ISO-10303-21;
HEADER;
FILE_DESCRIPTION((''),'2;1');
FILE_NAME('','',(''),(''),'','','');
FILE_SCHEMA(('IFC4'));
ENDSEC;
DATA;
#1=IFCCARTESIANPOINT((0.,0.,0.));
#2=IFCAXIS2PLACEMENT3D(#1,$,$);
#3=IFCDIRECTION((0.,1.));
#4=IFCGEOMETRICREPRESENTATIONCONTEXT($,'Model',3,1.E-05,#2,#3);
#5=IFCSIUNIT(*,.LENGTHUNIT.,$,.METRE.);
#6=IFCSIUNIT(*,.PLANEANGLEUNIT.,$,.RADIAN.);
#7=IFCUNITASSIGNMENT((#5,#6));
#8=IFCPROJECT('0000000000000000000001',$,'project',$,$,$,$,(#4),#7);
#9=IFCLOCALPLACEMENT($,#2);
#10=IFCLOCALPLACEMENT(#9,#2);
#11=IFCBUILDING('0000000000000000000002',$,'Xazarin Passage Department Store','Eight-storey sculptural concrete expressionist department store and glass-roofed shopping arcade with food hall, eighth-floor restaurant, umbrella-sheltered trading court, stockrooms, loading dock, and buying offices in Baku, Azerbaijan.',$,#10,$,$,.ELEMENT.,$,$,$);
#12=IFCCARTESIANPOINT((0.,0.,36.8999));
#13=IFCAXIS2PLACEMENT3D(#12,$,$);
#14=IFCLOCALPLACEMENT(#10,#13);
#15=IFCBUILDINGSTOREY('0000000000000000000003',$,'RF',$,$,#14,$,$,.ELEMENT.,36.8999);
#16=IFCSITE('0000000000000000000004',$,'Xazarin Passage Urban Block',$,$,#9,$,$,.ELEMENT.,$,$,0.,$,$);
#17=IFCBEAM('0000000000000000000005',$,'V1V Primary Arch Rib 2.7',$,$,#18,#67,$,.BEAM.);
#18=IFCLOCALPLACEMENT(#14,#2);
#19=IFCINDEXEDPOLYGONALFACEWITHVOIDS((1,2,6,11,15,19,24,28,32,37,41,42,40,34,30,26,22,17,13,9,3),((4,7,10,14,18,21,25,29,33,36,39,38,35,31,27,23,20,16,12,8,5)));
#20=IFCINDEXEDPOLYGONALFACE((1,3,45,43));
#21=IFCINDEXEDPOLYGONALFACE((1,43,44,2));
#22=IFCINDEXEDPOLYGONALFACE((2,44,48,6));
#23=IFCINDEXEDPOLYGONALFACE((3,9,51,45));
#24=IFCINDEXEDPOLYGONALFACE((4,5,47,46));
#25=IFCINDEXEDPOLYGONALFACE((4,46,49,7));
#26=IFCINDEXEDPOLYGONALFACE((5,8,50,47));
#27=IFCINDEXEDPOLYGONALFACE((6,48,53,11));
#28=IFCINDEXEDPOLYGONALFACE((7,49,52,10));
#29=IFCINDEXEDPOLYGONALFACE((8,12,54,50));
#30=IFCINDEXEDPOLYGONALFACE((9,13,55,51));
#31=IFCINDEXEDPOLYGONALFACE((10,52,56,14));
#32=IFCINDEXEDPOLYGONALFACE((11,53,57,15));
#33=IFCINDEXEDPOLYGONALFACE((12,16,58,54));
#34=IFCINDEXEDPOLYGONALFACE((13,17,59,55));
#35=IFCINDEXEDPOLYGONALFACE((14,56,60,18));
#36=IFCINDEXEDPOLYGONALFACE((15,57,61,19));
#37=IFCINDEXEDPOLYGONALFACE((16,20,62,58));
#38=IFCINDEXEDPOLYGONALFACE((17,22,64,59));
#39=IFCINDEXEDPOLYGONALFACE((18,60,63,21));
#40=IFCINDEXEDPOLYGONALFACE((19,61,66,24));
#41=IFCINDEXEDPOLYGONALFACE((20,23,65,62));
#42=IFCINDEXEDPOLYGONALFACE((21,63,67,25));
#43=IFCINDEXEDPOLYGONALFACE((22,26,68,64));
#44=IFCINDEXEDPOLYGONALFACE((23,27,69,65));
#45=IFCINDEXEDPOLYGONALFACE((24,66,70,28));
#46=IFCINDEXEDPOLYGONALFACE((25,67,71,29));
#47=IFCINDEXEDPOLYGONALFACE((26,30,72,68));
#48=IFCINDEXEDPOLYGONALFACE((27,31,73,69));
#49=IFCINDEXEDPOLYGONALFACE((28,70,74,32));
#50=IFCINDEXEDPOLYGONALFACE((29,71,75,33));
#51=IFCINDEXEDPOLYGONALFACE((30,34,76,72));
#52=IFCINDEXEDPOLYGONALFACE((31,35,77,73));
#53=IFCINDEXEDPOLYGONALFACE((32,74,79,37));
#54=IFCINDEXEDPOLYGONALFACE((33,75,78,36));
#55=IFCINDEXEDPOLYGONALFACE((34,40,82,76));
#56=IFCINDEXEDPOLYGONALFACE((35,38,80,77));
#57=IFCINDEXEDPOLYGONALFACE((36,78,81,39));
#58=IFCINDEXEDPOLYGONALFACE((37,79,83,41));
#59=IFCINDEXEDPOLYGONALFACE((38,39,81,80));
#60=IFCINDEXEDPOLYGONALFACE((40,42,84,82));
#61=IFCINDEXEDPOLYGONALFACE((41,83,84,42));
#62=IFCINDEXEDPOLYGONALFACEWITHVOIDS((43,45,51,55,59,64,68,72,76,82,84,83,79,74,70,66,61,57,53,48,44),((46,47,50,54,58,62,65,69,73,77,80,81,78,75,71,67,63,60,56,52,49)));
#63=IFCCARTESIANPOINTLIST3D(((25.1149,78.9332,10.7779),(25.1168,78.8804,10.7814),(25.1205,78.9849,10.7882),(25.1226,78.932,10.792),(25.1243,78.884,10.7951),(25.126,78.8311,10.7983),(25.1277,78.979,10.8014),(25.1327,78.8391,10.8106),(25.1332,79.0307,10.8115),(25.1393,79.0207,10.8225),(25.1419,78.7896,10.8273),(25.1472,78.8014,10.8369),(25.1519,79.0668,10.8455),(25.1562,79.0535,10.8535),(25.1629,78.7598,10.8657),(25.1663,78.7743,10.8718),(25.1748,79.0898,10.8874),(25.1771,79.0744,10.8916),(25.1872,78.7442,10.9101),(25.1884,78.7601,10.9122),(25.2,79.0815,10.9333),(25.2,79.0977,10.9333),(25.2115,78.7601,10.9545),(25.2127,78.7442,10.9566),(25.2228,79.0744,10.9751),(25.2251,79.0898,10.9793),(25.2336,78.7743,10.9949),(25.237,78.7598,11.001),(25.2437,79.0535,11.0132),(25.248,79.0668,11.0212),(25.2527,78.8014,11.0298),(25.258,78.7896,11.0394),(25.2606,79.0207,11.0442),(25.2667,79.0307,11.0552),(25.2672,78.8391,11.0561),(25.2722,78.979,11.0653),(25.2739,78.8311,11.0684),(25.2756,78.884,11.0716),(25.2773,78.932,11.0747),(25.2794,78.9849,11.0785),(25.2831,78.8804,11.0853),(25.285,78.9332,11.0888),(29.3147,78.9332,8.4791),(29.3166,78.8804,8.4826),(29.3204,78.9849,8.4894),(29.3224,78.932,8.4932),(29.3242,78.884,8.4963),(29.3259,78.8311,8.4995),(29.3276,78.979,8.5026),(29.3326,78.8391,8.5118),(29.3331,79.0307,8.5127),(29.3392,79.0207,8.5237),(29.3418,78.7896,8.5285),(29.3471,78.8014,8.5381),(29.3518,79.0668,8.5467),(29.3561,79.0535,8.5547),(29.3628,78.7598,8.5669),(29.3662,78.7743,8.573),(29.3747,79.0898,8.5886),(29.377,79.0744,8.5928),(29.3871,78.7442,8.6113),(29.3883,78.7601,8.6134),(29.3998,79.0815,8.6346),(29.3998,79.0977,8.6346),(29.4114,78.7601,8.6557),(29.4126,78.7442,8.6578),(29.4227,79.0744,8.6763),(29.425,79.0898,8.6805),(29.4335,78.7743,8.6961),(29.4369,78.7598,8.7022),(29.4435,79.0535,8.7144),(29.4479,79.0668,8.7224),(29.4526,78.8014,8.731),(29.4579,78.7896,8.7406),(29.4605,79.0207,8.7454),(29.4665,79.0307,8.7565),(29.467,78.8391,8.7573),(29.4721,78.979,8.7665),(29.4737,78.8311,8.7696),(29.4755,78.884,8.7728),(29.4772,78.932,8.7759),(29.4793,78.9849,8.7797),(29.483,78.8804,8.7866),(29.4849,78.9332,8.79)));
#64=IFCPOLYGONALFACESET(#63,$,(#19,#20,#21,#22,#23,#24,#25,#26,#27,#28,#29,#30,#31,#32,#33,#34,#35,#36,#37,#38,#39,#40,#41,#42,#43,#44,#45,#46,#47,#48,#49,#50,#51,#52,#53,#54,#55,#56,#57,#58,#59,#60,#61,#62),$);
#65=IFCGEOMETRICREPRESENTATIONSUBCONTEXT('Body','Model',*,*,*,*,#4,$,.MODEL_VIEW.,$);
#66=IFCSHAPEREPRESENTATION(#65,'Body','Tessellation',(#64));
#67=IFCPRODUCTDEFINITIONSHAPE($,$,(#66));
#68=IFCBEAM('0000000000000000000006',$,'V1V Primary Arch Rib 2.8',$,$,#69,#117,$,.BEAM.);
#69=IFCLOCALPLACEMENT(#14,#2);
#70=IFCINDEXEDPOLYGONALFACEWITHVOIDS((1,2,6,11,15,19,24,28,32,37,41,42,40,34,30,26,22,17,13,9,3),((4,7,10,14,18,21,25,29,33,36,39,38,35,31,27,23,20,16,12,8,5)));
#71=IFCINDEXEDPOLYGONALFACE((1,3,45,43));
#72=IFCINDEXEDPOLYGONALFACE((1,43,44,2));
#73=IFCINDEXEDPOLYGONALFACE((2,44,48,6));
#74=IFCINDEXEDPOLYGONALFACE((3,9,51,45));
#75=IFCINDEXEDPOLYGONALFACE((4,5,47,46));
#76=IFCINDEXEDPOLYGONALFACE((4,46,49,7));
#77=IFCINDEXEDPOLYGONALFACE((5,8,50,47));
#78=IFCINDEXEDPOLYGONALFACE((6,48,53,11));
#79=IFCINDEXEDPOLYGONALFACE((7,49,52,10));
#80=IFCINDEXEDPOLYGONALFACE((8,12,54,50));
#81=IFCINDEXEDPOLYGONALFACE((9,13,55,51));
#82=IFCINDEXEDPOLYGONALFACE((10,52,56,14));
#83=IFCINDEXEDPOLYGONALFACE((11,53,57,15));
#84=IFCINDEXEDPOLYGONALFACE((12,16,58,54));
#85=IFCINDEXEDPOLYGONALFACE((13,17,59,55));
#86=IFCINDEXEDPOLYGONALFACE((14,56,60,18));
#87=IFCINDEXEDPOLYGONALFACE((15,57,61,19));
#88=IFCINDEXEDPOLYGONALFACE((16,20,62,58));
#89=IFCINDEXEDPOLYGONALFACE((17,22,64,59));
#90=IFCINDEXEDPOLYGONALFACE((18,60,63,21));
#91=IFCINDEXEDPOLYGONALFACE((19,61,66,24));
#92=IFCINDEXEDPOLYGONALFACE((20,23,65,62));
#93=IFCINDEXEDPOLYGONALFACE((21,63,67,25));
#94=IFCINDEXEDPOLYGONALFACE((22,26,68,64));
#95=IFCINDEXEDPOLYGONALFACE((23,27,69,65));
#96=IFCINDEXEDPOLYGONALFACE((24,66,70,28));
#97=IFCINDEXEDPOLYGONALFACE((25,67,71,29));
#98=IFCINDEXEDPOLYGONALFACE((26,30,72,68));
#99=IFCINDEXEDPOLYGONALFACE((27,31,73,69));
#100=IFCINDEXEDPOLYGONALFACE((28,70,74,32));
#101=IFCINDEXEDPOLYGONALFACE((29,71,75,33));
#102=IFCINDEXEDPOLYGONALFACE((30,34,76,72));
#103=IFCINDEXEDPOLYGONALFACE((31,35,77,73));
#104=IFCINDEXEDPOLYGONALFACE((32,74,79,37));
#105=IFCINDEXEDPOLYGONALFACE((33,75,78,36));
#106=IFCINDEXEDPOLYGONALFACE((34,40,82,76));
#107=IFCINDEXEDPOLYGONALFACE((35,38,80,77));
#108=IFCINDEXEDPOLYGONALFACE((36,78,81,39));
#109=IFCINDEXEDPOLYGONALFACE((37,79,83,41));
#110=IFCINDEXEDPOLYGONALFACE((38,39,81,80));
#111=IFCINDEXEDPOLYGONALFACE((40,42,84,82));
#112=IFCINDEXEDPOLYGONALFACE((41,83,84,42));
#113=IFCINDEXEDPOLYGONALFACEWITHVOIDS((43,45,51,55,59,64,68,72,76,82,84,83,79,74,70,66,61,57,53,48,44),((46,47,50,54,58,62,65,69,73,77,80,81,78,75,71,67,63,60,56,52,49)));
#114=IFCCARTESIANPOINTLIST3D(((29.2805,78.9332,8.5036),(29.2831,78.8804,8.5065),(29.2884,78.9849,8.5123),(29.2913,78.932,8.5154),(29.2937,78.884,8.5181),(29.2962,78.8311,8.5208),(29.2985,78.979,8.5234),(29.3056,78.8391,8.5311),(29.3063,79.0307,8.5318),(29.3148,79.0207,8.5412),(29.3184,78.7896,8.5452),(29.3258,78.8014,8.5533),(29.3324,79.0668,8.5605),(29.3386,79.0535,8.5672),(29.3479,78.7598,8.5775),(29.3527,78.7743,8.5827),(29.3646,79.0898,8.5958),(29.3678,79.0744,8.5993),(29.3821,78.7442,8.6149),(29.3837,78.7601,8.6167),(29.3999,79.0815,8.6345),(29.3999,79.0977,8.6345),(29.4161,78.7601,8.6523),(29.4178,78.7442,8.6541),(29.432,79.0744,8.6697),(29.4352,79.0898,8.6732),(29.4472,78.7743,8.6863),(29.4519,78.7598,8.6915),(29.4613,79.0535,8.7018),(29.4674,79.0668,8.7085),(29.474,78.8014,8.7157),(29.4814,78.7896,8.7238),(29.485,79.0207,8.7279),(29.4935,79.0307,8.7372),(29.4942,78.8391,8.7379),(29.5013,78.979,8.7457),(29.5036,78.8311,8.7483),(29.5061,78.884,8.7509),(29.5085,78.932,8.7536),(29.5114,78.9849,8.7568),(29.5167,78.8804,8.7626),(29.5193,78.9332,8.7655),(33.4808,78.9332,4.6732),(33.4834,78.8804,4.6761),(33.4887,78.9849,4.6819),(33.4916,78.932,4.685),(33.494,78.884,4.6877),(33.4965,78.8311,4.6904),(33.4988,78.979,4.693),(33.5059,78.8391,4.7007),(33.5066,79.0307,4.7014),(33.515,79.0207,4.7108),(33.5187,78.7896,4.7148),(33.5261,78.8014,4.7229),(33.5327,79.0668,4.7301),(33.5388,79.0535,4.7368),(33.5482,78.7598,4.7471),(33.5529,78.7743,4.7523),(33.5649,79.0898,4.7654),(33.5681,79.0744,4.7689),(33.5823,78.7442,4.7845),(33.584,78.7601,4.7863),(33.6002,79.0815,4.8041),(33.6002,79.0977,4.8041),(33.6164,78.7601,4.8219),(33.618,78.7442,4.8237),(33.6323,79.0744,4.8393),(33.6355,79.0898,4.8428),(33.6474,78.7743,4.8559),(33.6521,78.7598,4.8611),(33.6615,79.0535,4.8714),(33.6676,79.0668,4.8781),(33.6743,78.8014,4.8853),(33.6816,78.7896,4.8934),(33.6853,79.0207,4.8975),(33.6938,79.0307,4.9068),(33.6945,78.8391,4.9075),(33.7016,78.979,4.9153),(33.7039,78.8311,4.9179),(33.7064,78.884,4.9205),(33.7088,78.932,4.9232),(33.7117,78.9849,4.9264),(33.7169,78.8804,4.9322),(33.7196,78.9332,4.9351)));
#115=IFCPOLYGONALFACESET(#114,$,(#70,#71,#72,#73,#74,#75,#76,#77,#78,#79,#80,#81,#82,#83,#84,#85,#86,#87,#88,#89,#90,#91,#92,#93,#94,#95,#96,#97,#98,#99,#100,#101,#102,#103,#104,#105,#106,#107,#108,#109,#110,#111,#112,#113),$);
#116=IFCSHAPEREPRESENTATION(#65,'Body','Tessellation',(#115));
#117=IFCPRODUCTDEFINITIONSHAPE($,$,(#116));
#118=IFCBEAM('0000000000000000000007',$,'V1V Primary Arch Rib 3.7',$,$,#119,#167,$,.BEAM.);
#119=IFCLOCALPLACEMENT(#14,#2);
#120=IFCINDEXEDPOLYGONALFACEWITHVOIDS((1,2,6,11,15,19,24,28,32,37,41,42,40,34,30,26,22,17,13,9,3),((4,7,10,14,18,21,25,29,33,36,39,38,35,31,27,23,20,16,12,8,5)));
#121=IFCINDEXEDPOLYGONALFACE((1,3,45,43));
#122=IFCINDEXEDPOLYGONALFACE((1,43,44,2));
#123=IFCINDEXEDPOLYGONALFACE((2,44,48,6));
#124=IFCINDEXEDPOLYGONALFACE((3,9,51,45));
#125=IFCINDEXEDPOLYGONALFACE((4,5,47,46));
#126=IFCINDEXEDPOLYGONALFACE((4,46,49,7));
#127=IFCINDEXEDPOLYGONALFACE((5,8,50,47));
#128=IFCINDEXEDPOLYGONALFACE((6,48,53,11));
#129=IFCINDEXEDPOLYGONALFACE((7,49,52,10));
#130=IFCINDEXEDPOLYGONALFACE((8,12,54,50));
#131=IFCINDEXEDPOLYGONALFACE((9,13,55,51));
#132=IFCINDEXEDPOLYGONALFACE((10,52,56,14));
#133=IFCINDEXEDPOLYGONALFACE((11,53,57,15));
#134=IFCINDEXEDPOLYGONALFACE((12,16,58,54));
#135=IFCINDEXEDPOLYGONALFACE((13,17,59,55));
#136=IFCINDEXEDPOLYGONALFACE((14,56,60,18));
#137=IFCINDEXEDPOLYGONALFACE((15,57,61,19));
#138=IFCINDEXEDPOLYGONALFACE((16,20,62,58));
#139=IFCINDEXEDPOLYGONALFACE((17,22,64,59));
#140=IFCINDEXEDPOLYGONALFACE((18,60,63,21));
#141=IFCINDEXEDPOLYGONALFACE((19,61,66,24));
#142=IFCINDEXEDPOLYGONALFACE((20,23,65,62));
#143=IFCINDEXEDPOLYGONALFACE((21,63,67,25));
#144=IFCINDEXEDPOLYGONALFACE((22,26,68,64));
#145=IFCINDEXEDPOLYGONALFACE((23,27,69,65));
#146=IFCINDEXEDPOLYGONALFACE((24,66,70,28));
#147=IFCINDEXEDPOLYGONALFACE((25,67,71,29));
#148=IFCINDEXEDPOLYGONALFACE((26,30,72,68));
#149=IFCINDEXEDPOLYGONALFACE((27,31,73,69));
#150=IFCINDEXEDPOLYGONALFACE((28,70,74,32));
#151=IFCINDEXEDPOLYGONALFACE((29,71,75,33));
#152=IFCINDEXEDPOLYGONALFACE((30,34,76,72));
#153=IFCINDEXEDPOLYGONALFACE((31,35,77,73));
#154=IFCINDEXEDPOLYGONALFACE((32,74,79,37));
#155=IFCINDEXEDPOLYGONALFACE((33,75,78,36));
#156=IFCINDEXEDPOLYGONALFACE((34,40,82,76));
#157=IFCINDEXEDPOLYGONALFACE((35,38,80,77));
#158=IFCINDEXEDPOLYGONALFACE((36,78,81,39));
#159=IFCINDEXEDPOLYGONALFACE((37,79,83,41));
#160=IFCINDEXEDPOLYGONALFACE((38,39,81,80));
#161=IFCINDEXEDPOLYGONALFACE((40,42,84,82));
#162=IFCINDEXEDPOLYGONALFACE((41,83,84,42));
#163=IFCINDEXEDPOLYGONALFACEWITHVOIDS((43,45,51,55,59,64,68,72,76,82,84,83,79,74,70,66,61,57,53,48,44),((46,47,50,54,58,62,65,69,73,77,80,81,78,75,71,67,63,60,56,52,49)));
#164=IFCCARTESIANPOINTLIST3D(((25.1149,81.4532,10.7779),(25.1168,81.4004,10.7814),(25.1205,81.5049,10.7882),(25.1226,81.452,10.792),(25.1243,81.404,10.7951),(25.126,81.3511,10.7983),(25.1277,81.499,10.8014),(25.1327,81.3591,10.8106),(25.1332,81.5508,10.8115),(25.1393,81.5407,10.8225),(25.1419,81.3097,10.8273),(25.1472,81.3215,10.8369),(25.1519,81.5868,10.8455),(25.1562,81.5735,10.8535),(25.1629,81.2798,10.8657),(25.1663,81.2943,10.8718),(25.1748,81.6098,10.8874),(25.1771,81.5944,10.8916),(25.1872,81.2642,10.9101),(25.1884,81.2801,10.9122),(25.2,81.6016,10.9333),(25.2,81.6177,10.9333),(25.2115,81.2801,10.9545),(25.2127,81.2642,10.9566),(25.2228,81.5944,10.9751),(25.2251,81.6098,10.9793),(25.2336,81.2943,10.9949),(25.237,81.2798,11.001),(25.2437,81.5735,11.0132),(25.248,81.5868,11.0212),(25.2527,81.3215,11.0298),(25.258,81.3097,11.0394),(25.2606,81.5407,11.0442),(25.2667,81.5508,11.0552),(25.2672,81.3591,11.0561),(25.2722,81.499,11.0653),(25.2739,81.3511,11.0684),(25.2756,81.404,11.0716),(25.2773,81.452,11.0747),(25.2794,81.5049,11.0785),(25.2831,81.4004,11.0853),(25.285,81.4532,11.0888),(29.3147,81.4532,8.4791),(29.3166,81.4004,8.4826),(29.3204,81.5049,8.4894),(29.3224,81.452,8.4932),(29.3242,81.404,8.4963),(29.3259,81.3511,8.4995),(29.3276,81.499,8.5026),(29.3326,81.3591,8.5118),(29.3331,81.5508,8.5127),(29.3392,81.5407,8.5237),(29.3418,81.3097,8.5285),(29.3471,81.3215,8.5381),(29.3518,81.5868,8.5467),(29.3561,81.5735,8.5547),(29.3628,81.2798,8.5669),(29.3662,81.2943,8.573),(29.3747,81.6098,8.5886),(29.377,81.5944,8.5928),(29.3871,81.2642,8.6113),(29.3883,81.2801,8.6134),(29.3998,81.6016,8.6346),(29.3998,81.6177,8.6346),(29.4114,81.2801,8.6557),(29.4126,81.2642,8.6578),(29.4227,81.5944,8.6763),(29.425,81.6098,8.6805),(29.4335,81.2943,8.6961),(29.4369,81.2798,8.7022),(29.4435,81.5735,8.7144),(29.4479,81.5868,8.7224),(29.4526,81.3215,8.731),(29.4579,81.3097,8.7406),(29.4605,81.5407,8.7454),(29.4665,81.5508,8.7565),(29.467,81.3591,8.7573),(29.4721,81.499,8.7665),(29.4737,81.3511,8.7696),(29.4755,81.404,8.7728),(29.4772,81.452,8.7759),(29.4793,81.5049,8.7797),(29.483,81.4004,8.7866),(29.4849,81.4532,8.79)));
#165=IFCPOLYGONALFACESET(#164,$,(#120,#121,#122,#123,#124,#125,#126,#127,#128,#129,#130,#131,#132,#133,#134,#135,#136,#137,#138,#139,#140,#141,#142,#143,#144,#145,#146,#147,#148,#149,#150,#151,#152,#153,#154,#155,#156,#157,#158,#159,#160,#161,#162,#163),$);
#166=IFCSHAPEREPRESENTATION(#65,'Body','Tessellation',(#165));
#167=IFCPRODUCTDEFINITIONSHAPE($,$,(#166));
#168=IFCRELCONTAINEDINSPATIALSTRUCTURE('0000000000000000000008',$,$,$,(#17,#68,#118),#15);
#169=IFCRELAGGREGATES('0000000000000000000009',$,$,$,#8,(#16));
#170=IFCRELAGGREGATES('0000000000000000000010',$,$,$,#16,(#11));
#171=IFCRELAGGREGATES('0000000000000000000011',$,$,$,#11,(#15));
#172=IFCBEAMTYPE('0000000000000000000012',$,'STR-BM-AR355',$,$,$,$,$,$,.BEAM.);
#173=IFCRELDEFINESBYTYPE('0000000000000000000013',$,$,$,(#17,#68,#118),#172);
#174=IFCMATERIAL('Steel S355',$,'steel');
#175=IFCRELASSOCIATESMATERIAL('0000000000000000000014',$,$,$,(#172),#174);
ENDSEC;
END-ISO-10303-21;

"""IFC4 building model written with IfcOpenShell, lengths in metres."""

from ifc_helpers import new_model, si_unit, direction, frame, origin, origin_2d, place, context, subcontext, project, spatial, hollow_circle, extrude, material, material_profile, profile_set, type_object, element, save


model = new_model("IFC4")

# Units and contexts
model_context = context("Model", 3, precision=1e-05, world=origin(), true_north=direction((0.0, 1.0)))
body_context = subcontext(model_context, "Body", "Model", "MODEL_VIEW")
ifc_project = project(units=[si_unit("LENGTHUNIT", "METRE"), si_unit("PLANEANGLEUNIT", "RADIAN")], contexts=[model_context])

# Site, building, storey
site_placement = place(None, origin())
site = spatial("IfcSite", under=ifc_project, at=site_placement, Name="Xazarin Passage Urban Block", CompositionType="ELEMENT", RefElevation=0.0)
building_placement = place(site_placement, origin())
building = spatial("IfcBuilding", under=site, at=building_placement, Name="Xazarin Passage Department Store", Description="Eight-storey sculptural concrete expressionist department store and glass-roofed shopping arcade with food hall, eighth-floor restaurant, umbrella-sheltered trading court, stockrooms, loading dock, and buying offices in Baku, Azerbaijan.", CompositionType="ELEMENT")
storey_placement = place(building_placement, frame((0.0, 0.0, 36.8999)))
storey = spatial("IfcBuildingStorey", under=building, at=storey_placement, Name="RF", CompositionType="ELEMENT", Elevation=36.8999)

# Beams
ifc_material_1 = material(Name="Steel S355", Category="steel")
ifc_material_profile_1 = material_profile(ifc_material_1, hollow_circle(Radius=0.1777, WallThickness=0.0161, at=origin_2d()), Name="CHS 355.6x16")
ifc_profile_set_1 = profile_set([ifc_material_profile_1], Name="Steel S355")
beam_type_1 = type_object("IfcBeamType", Name="STR-BM-AR355", PredefinedType="BEAM", material=ifc_profile_set_1)
beam_1_placement = place(storey_placement, frame((25.2, 78.9199, 10.9333), z_axis=(0.877197, 0.0, -0.480131), x_axis=(0.0, 1.0, 0.0)))
element("IfcBeam", 1, at=beam_1_placement, inside=storey, type_object=beam_type_1, Name="V1V Primary Arch Rib 2.7", PredefinedType="BEAM", context=body_context, shape_type="SweptSolid", body=[
    extrude(hollow_circle(Radius=0.1777, WallThickness=0.0161, at=origin_2d()), origin(), (0.0, 0.0, 1.0), 4.7878),
])
beam_2_placement = place(storey_placement, frame((29.3999, 78.9199, 8.6345), z_axis=(0.738892, 0.0, -0.673824), x_axis=(0.0, 1.0, 0.0)))
element("IfcBeam", 2, at=beam_2_placement, inside=storey, type_object=beam_type_1, Name="V1V Primary Arch Rib 2.8", PredefinedType="BEAM", context=body_context, shape_type="SweptSolid", body=[
    extrude(hollow_circle(Radius=0.1777, WallThickness=0.0161, at=origin_2d()), origin(), (0.0, 0.0, 1.0), 5.6846),
])
beam_3_placement = place(storey_placement, frame((25.2, 81.4399, 10.9333), z_axis=(0.877197, 0.0, -0.480131), x_axis=(0.0, 1.0, 0.0)))
element("IfcBeam", 3, at=beam_3_placement, inside=storey, type_object=beam_type_1, Name="V1V Primary Arch Rib 3.7", PredefinedType="BEAM", context=body_context, shape_type="SweptSolid", body=[
    extrude(hollow_circle(Radius=0.1777, WallThickness=0.0161, at=origin_2d()), origin(), (0.0, 0.0, 1.0), 4.7878),
])

save(model, "model.ifc")
